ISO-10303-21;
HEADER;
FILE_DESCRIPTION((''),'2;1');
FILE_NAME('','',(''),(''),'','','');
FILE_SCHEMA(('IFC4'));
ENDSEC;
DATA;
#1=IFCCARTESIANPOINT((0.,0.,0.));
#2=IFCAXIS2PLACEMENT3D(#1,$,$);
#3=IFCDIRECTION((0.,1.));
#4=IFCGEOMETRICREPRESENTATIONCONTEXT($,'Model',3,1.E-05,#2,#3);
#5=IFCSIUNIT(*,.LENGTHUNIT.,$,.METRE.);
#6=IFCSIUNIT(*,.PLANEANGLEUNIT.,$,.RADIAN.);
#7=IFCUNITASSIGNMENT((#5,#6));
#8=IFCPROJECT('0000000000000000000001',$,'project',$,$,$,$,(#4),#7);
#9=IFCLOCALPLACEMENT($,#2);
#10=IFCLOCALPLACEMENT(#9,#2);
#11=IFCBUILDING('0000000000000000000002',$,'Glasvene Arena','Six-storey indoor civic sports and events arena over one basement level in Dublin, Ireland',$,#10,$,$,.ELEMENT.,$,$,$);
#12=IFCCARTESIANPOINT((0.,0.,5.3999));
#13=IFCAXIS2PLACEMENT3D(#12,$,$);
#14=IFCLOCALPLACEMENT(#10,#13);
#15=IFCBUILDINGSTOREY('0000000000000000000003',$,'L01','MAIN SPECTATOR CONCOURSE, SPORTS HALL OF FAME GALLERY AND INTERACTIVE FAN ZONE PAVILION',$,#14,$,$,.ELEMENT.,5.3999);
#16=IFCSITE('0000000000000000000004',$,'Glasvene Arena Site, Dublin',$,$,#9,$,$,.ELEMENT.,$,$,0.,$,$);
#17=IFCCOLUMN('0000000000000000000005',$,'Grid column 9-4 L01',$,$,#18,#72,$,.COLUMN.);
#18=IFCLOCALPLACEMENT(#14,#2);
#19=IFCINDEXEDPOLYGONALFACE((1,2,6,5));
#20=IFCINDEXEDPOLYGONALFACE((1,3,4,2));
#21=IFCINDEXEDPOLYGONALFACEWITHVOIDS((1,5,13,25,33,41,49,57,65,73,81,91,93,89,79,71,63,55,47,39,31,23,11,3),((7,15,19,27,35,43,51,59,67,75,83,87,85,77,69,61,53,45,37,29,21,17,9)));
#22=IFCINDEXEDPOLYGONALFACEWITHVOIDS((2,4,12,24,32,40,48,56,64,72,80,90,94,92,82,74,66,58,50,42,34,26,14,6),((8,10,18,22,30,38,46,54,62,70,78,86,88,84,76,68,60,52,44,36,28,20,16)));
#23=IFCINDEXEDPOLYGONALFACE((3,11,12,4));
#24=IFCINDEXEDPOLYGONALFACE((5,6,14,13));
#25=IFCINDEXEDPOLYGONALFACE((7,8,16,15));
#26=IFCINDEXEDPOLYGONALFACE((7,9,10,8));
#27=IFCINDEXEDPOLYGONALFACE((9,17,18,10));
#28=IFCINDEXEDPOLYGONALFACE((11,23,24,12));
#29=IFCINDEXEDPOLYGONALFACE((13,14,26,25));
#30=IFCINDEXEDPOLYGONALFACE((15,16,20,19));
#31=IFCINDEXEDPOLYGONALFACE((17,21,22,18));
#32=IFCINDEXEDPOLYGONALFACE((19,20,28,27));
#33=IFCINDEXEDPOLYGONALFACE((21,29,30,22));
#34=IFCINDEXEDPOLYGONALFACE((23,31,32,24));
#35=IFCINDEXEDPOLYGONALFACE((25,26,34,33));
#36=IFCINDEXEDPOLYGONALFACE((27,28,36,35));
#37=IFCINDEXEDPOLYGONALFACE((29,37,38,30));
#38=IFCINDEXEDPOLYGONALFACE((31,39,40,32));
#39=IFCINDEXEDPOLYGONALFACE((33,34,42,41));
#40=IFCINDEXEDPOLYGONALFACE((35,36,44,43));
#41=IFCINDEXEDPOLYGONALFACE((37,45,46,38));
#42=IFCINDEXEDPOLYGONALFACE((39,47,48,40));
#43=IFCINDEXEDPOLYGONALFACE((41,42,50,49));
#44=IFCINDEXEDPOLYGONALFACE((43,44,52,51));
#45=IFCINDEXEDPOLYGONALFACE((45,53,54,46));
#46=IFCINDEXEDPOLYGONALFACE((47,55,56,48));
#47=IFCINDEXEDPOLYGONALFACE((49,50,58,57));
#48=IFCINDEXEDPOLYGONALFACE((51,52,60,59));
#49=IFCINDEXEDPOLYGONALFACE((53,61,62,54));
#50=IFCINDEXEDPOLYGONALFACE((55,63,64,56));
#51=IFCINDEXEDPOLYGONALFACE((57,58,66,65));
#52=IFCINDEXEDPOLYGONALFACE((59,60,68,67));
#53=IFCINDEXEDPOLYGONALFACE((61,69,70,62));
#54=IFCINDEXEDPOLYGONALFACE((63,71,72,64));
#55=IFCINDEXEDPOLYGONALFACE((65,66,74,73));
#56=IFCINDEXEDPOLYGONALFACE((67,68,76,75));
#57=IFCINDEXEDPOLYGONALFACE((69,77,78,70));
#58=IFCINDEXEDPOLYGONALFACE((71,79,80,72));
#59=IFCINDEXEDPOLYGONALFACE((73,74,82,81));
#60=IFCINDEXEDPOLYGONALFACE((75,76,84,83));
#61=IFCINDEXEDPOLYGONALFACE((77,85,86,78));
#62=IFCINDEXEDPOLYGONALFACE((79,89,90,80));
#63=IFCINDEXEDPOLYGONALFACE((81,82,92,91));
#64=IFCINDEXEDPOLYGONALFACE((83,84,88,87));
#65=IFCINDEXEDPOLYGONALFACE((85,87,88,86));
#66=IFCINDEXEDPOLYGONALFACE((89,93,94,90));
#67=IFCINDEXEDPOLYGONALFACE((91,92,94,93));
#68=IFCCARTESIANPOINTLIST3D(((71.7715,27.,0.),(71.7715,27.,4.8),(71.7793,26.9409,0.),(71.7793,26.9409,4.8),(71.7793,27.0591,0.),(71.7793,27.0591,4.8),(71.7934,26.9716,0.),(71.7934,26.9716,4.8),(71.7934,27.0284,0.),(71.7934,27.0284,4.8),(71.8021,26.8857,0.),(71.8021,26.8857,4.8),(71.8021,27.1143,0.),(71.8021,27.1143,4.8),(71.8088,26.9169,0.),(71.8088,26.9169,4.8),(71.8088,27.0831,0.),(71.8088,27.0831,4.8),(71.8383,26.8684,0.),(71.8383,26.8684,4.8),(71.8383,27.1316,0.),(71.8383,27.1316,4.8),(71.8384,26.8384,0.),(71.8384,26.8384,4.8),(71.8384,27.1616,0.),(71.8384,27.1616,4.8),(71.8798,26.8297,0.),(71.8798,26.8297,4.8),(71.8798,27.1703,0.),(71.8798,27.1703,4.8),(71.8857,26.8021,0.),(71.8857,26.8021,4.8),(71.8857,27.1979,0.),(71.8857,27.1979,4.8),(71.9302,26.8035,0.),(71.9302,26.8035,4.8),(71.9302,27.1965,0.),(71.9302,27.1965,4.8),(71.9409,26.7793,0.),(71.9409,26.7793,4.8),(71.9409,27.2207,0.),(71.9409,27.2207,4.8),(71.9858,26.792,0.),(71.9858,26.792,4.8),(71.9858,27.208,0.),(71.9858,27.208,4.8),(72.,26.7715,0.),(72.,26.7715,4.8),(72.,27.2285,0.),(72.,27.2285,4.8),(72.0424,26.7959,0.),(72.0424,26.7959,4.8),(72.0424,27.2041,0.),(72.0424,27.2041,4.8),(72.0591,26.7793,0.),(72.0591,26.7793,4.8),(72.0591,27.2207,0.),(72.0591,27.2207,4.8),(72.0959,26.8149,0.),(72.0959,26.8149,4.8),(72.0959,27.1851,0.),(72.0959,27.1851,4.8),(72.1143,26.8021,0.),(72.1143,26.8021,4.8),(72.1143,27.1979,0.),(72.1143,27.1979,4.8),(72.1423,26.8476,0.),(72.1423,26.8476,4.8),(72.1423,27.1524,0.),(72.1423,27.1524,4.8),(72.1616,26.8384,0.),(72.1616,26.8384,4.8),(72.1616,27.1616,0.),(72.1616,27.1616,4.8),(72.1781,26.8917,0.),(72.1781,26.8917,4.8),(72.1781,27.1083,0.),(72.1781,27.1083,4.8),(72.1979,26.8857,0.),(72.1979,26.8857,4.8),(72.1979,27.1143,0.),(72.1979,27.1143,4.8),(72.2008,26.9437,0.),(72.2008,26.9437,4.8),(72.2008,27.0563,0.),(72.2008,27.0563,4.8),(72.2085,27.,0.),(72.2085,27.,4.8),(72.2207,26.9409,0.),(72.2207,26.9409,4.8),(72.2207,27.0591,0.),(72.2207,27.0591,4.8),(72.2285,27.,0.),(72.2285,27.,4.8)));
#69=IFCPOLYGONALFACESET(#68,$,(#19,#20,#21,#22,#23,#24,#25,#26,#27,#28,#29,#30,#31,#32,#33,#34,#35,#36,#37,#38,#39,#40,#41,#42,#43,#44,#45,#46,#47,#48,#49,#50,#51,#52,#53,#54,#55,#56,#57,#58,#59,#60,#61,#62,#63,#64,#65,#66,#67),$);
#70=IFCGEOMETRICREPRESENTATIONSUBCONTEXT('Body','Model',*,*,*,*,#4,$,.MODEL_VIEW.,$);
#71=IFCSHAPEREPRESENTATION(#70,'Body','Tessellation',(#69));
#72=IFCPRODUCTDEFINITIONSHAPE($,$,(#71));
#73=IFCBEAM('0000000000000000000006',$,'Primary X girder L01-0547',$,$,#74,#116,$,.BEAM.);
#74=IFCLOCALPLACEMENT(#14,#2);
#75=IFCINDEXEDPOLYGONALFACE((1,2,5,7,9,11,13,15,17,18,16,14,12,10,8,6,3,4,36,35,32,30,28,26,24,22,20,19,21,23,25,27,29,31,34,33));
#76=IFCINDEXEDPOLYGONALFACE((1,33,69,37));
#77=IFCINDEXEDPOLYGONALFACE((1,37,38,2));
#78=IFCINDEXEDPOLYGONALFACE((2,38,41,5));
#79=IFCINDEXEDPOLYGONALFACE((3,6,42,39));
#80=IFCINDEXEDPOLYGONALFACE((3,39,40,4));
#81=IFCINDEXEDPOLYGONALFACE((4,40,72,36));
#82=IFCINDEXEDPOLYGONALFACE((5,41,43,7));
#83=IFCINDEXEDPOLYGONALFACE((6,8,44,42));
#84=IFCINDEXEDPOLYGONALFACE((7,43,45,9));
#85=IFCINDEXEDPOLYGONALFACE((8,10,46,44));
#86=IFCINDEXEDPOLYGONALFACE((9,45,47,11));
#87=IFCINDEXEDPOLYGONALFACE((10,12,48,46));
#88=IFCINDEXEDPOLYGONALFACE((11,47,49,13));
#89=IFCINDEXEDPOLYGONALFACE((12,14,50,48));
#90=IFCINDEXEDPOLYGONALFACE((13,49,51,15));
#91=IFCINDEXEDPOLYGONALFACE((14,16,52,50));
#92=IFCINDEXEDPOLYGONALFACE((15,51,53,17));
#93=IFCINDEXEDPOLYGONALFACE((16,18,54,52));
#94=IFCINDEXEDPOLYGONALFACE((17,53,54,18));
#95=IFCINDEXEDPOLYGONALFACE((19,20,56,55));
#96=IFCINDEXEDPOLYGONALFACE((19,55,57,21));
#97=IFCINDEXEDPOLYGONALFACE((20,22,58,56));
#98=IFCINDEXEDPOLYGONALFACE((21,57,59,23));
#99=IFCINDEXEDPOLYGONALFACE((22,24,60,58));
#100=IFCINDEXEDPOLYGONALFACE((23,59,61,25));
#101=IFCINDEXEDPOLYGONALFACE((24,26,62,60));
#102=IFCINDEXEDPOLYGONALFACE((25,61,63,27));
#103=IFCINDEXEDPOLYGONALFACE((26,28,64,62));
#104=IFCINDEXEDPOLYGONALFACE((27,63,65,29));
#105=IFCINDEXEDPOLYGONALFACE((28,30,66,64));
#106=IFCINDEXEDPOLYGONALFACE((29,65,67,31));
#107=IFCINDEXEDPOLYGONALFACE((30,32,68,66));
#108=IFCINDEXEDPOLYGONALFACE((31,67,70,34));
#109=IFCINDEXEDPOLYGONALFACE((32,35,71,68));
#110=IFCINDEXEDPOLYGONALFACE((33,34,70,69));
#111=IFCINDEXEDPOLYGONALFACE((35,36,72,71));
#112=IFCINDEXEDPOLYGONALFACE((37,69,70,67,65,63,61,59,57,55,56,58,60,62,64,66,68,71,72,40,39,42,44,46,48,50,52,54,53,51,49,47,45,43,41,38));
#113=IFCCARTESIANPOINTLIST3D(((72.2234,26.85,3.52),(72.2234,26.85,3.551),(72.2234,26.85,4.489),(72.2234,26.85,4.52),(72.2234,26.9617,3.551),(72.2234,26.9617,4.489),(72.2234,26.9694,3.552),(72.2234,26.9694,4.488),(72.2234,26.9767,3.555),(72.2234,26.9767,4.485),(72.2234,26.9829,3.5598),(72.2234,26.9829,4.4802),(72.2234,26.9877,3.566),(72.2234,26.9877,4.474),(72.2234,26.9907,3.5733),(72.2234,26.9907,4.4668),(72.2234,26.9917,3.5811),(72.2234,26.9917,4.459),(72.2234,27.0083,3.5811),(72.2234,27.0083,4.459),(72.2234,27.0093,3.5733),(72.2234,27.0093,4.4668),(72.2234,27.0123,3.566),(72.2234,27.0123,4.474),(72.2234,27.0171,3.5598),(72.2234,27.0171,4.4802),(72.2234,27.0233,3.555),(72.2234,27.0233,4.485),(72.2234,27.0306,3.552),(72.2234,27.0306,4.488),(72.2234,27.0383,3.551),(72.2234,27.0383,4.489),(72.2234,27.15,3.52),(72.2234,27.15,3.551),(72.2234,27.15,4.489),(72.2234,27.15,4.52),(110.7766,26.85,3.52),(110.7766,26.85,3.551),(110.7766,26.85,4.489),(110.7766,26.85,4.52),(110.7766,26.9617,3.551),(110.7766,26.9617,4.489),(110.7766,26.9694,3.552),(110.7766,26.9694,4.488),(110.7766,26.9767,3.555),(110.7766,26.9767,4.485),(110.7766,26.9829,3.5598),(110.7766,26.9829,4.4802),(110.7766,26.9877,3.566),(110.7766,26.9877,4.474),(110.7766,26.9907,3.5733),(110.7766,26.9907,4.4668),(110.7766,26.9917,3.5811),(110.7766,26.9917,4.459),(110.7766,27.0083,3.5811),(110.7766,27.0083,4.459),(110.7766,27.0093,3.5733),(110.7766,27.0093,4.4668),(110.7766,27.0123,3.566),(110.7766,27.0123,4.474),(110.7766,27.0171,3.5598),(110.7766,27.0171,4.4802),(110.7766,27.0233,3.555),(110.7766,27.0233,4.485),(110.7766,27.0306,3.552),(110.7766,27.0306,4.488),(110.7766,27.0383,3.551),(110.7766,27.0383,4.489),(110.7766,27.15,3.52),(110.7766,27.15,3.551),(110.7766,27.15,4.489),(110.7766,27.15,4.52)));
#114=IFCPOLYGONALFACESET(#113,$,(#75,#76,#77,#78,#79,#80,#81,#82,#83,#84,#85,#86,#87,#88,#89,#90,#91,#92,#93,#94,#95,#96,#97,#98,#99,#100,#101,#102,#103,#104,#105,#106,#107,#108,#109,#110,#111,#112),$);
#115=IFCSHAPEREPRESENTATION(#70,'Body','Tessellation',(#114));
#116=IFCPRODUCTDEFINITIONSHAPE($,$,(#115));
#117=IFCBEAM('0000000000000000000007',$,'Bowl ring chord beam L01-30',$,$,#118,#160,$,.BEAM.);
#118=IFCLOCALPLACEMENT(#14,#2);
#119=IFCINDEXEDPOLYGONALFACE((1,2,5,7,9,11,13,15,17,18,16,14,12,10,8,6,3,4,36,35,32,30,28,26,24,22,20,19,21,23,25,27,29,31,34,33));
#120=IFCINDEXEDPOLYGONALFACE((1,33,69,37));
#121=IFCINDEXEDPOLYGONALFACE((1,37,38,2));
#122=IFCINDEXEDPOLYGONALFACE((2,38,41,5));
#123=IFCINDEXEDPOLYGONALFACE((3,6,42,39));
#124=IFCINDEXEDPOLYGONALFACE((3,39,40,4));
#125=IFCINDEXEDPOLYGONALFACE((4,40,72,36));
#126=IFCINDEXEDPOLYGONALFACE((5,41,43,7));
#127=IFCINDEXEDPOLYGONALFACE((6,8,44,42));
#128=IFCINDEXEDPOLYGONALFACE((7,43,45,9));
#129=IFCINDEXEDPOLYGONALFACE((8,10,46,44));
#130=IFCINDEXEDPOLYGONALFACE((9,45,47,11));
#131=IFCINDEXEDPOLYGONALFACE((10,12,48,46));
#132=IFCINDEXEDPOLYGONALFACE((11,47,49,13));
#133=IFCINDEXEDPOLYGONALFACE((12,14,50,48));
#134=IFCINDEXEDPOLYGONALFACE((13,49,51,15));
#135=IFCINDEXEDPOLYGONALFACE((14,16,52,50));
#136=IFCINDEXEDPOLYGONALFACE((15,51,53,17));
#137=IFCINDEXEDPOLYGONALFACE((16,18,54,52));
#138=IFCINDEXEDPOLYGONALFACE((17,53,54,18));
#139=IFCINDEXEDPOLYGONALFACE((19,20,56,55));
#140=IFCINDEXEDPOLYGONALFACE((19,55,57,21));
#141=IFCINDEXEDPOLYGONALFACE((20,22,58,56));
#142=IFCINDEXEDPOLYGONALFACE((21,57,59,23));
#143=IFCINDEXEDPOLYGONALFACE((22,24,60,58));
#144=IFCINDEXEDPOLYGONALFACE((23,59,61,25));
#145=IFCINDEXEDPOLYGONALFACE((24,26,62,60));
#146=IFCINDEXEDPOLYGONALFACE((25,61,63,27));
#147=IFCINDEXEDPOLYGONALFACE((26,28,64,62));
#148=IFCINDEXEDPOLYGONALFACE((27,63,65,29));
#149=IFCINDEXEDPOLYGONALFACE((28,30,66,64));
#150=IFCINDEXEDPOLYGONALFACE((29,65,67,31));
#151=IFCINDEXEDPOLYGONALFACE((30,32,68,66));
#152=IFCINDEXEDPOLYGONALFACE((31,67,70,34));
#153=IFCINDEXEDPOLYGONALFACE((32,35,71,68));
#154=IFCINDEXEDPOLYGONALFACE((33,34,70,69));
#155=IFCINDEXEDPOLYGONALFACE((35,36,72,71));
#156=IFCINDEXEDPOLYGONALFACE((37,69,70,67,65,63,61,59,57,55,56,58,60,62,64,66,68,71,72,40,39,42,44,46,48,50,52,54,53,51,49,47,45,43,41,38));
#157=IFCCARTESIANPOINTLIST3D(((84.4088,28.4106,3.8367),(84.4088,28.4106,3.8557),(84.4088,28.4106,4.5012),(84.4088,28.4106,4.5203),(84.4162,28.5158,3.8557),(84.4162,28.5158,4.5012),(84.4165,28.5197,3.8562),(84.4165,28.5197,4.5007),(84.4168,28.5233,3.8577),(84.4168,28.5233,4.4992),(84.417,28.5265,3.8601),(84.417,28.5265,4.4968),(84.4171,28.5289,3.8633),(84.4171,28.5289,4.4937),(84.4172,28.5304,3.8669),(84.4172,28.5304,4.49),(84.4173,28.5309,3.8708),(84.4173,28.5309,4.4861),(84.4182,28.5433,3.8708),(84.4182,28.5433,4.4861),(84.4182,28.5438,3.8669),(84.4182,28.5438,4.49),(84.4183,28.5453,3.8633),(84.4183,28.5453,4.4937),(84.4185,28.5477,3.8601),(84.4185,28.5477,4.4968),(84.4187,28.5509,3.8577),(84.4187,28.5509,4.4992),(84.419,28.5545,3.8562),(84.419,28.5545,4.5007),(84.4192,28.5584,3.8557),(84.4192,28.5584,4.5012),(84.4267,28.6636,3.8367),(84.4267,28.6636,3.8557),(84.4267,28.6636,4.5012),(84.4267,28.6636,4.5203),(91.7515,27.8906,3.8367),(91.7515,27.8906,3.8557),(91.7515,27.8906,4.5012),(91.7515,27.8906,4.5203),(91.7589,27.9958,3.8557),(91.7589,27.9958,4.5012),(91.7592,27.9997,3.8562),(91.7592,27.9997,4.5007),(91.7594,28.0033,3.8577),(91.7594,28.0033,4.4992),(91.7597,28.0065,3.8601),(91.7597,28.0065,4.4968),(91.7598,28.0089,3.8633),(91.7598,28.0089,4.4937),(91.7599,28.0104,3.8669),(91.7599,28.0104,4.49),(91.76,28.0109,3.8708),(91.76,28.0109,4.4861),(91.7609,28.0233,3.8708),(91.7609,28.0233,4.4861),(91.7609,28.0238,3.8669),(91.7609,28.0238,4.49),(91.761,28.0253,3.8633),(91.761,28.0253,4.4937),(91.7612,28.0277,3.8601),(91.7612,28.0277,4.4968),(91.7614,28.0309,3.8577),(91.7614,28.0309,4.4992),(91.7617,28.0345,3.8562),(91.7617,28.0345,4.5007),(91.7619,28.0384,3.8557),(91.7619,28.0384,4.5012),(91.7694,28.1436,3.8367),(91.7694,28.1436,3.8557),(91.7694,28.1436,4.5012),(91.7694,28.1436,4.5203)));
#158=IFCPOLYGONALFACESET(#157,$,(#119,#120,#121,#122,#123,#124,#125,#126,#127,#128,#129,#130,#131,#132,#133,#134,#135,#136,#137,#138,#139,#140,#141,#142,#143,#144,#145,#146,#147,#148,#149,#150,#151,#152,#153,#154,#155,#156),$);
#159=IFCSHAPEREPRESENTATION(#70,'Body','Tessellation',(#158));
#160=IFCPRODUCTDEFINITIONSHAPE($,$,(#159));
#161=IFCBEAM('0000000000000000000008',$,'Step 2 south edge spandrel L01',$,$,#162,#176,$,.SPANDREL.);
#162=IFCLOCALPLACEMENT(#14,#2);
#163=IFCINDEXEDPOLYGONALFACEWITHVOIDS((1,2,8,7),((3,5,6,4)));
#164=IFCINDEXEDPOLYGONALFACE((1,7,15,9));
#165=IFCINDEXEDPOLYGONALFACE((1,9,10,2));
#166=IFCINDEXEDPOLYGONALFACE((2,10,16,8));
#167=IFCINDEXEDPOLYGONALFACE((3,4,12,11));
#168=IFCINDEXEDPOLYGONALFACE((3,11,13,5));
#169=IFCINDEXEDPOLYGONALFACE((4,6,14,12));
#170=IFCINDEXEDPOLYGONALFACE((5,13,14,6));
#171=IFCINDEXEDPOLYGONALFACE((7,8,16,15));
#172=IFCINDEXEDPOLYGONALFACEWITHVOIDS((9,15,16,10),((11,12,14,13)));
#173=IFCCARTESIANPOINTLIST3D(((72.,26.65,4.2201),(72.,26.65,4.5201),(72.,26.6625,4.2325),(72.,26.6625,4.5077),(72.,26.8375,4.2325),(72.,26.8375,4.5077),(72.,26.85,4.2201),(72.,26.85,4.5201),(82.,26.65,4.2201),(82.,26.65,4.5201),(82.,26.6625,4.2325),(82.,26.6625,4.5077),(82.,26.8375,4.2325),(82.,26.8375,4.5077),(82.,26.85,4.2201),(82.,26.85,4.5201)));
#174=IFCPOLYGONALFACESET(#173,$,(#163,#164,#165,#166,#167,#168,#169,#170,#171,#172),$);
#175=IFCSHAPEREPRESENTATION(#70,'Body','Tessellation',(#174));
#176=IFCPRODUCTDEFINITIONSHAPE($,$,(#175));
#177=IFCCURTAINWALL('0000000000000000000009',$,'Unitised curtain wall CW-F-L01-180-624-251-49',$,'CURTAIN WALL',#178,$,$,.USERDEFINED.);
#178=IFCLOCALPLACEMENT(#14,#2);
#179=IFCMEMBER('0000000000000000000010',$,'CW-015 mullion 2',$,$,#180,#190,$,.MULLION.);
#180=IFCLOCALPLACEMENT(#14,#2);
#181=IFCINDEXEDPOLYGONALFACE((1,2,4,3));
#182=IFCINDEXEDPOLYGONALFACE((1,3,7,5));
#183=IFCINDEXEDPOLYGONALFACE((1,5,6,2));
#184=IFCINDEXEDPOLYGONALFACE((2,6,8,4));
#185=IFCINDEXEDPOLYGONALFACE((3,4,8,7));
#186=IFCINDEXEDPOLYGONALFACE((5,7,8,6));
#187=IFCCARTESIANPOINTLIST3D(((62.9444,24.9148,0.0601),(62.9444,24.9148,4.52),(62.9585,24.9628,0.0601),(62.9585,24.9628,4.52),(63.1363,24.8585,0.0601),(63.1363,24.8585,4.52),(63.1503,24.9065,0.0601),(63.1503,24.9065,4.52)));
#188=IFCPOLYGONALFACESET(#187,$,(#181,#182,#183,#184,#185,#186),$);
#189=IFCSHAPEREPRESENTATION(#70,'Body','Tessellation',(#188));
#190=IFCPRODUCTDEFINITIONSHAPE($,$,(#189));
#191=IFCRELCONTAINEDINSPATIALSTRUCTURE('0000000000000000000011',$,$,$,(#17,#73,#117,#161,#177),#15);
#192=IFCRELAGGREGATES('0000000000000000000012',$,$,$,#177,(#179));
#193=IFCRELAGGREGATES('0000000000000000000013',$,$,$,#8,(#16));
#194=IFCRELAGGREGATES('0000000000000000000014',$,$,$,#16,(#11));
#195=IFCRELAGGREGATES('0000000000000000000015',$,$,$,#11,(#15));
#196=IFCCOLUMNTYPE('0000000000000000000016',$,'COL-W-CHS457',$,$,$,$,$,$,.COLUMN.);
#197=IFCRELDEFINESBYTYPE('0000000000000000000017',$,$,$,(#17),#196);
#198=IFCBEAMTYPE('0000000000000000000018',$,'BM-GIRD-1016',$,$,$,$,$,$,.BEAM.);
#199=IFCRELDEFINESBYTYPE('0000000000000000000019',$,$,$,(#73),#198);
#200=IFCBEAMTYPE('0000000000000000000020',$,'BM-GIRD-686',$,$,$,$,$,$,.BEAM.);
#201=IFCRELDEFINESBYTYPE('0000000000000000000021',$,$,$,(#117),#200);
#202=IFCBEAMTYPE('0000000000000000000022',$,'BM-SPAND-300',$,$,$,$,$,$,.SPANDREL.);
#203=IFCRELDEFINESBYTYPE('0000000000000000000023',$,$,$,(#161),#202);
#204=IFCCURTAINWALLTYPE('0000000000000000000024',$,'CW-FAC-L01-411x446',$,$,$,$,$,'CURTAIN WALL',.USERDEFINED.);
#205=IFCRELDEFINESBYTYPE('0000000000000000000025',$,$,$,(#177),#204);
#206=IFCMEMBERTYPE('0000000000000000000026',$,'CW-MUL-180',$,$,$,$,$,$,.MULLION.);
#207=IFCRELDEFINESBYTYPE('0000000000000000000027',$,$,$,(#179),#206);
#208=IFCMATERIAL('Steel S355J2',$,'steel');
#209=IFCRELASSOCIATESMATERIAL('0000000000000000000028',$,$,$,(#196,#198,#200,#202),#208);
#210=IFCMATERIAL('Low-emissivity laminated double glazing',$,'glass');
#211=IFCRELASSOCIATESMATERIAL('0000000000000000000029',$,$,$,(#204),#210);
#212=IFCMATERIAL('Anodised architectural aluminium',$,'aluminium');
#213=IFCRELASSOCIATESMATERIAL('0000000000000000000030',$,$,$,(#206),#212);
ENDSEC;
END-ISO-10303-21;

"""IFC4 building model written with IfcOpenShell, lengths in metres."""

from ifc_helpers import new_model, si_unit, direction, frame, origin, origin_2d, place, context, subcontext, project, spatial, rectangle, hollow_rectangle, hollow_circle, i_section, extrude, material, material_profile, profile_set, type_object, element, aggregate, save


model = new_model("IFC4")

# Units and contexts
model_context = context("Model", 3, precision=1e-05, world=origin(), true_north=direction((0.0, 1.0)))
body_context = subcontext(model_context, "Body", "Model", "MODEL_VIEW")
ifc_project = project(units=[si_unit("LENGTHUNIT", "METRE"), si_unit("PLANEANGLEUNIT", "RADIAN")], contexts=[model_context])

# Site, building, storey
site_placement = place(None, origin())
site = spatial("IfcSite", under=ifc_project, at=site_placement, Name="Glasvene Arena Site, Dublin", CompositionType="ELEMENT", RefElevation=0.0)
building_placement = place(site_placement, origin())
building = spatial("IfcBuilding", under=site, at=building_placement, Name="Glasvene Arena", Description="Six-storey indoor civic sports and events arena over one basement level in Dublin, Ireland", CompositionType="ELEMENT")
storey_placement = place(building_placement, frame((0.0, 0.0, 5.3999)))
storey = spatial("IfcBuildingStorey", under=building, at=storey_placement, Name="L01", Description="MAIN SPECTATOR CONCOURSE, SPORTS HALL OF FAME GALLERY AND INTERACTIVE FAN ZONE PAVILION", CompositionType="ELEMENT", Elevation=5.3999)

# Column
ifc_material_1 = material(Name="Steel S355J2", Category="steel")
ifc_material_profile_1 = material_profile(ifc_material_1, hollow_circle(Radius=0.2285, WallThickness=0.02, at=origin_2d()), Name="CHS 457.0x20.0")
ifc_profile_set_1 = profile_set([ifc_material_profile_1], Name="Steel S355J2")
column_type = type_object("IfcColumnType", Name="COL-W-CHS457", PredefinedType="COLUMN", material=ifc_profile_set_1)
column_placement = place(storey_placement, frame((72.0, 27.0, 0.0), z_axis=(0.0, 0.0, 1.0), x_axis=(1.0, 0.0, 0.0)))
element("IfcColumn", 1, at=column_placement, inside=storey, type_object=column_type, Name="Grid column 9-4 L01", PredefinedType="COLUMN", context=body_context, shape_type="SweptSolid", body=[
    extrude(hollow_circle(Radius=0.2285, WallThickness=0.02, at=origin_2d()), origin(), (0.0, 0.0, 1.0), 4.8),
])

# Beams
ifc_material_profile_2 = material_profile(ifc_material_1, i_section(OverallWidth=0.3, OverallDepth=1.0, WebThickness=0.0166, FlangeThickness=0.031, FilletRadius=0.03, at=origin_2d()), Name="UKB 1016x305x272")
ifc_profile_set_2 = profile_set([ifc_material_profile_2], Name="Steel S355J2")
beam_type_1 = type_object("IfcBeamType", Name="BM-GIRD-1016", PredefinedType="BEAM", material=ifc_profile_set_2)
beam_1_placement = place(storey_placement, frame((72.2234, 27.0, 4.02), z_axis=(1.0, 0.0, 0.0), x_axis=(0.0, 1.0, 0.0)))
element("IfcBeam", 2, at=beam_1_placement, inside=storey, type_object=beam_type_1, Name="Primary X girder L01-0547", PredefinedType="BEAM", context=body_context, shape_type="SweptSolid", body=[
    extrude(i_section(OverallWidth=0.3, OverallDepth=1.0, WebThickness=0.0166, FlangeThickness=0.031, FilletRadius=0.03, at=origin_2d()), origin(), (0.0, 0.0, 1.0), 38.5532),
])
ifc_material_profile_3 = material_profile(ifc_material_1, i_section(OverallWidth=0.2537, OverallDepth=0.6836, WebThickness=0.0125, FlangeThickness=0.019, FilletRadius=0.0151, at=origin_2d()), Name="UKB 686x254x140")
ifc_profile_set_3 = profile_set([ifc_material_profile_3], Name="Steel S355J2")
beam_type_2 = type_object("IfcBeamType", Name="BM-GIRD-686", PredefinedType="BEAM", material=ifc_profile_set_3)
beam_2_placement = place(storey_placement, frame((84.4177, 28.5371, 4.1785), z_axis=(0.997502, -0.070644, 0.0), x_axis=(0.070644, 0.997502, 0.0)))
element("IfcBeam", 3, at=beam_2_placement, inside=storey, type_object=beam_type_2, Name="Bowl ring chord beam L01-30", PredefinedType="BEAM", context=body_context, shape_type="SweptSolid", body=[
    extrude(i_section(OverallWidth=0.2537, OverallDepth=0.6836, WebThickness=0.0125, FlangeThickness=0.019, FilletRadius=0.0151, at=origin_2d()), origin(), (0.0, 0.0, 1.0), 7.3611),
])
ifc_material_profile_4 = material_profile(ifc_material_1, hollow_rectangle(XDim=0.2, YDim=0.3, WallThickness=0.0125, at=origin_2d()), Name="RHS 300x200x12.5")
ifc_profile_set_4 = profile_set([ifc_material_profile_4], Name="Steel S355J2")
beam_type_3 = type_object("IfcBeamType", Name="BM-SPAND-300", PredefinedType="SPANDREL", material=ifc_profile_set_4)
beam_3_placement = place(storey_placement, frame((72.0, 26.75, 4.3701), z_axis=(1.0, 0.0, 0.0), x_axis=(0.0, 1.0, 0.0)))
element("IfcBeam", 4, at=beam_3_placement, inside=storey, type_object=beam_type_3, Name="Step 2 south edge spandrel L01", PredefinedType="SPANDREL", context=body_context, shape_type="SweptSolid", body=[
    extrude(hollow_rectangle(XDim=0.2, YDim=0.3, WallThickness=0.0125, at=origin_2d()), origin(), (0.0, 0.0, 1.0), 10.0),
])

# Curtain wall, member
ifc_material_2 = material(Name="Low-emissivity laminated double glazing", Category="glass")
curtain_wall_type = type_object("IfcCurtainWallType", Name="CW-FAC-L01-411x446", ElementType="CURTAIN WALL", PredefinedType="USERDEFINED", material=ifc_material_2)
curtain_wall_placement = place(storey_placement, frame((64.3616, 24.5254, 0.0)))
curtain_wall = element("IfcCurtainWall", 5, at=curtain_wall_placement, inside=storey, type_object=curtain_wall_type, Name="Unitised curtain wall CW-F-L01-180-624-251-49", ObjectType="CURTAIN WALL", PredefinedType="USERDEFINED")
ifc_material_3 = material(Name="Anodised architectural aluminium", Category="aluminium")
ifc_material_profile_5 = material_profile(ifc_material_3, rectangle(XDim=0.05, YDim=0.2, at=origin_2d()), Name="ALU MULLION 50x200")
ifc_profile_set_5 = profile_set([ifc_material_profile_5], Name="Anodised architectural aluminium")
member_type_1 = type_object("IfcMemberType", Name="CW-MUL-180", PredefinedType="MULLION", material=ifc_profile_set_5)
member_1_placement = place(storey_placement, frame((63.0474, 24.9106, 0.0601), z_axis=(0.0, 0.0, 1.0), x_axis=(-0.281286, -0.959624, 0.0)))
member_1 = element("IfcMember", 6, at=member_1_placement, type_object=member_type_1, Name="CW-015 mullion 2", PredefinedType="MULLION", context=body_context, shape_type="SweptSolid", body=[
    extrude(rectangle(XDim=0.05, YDim=0.2, at=origin_2d()), origin(), (0.0, 0.0, 1.0), 4.46),
])
aggregate(curtain_wall, [member_1])

save(model, "model.ifc")
